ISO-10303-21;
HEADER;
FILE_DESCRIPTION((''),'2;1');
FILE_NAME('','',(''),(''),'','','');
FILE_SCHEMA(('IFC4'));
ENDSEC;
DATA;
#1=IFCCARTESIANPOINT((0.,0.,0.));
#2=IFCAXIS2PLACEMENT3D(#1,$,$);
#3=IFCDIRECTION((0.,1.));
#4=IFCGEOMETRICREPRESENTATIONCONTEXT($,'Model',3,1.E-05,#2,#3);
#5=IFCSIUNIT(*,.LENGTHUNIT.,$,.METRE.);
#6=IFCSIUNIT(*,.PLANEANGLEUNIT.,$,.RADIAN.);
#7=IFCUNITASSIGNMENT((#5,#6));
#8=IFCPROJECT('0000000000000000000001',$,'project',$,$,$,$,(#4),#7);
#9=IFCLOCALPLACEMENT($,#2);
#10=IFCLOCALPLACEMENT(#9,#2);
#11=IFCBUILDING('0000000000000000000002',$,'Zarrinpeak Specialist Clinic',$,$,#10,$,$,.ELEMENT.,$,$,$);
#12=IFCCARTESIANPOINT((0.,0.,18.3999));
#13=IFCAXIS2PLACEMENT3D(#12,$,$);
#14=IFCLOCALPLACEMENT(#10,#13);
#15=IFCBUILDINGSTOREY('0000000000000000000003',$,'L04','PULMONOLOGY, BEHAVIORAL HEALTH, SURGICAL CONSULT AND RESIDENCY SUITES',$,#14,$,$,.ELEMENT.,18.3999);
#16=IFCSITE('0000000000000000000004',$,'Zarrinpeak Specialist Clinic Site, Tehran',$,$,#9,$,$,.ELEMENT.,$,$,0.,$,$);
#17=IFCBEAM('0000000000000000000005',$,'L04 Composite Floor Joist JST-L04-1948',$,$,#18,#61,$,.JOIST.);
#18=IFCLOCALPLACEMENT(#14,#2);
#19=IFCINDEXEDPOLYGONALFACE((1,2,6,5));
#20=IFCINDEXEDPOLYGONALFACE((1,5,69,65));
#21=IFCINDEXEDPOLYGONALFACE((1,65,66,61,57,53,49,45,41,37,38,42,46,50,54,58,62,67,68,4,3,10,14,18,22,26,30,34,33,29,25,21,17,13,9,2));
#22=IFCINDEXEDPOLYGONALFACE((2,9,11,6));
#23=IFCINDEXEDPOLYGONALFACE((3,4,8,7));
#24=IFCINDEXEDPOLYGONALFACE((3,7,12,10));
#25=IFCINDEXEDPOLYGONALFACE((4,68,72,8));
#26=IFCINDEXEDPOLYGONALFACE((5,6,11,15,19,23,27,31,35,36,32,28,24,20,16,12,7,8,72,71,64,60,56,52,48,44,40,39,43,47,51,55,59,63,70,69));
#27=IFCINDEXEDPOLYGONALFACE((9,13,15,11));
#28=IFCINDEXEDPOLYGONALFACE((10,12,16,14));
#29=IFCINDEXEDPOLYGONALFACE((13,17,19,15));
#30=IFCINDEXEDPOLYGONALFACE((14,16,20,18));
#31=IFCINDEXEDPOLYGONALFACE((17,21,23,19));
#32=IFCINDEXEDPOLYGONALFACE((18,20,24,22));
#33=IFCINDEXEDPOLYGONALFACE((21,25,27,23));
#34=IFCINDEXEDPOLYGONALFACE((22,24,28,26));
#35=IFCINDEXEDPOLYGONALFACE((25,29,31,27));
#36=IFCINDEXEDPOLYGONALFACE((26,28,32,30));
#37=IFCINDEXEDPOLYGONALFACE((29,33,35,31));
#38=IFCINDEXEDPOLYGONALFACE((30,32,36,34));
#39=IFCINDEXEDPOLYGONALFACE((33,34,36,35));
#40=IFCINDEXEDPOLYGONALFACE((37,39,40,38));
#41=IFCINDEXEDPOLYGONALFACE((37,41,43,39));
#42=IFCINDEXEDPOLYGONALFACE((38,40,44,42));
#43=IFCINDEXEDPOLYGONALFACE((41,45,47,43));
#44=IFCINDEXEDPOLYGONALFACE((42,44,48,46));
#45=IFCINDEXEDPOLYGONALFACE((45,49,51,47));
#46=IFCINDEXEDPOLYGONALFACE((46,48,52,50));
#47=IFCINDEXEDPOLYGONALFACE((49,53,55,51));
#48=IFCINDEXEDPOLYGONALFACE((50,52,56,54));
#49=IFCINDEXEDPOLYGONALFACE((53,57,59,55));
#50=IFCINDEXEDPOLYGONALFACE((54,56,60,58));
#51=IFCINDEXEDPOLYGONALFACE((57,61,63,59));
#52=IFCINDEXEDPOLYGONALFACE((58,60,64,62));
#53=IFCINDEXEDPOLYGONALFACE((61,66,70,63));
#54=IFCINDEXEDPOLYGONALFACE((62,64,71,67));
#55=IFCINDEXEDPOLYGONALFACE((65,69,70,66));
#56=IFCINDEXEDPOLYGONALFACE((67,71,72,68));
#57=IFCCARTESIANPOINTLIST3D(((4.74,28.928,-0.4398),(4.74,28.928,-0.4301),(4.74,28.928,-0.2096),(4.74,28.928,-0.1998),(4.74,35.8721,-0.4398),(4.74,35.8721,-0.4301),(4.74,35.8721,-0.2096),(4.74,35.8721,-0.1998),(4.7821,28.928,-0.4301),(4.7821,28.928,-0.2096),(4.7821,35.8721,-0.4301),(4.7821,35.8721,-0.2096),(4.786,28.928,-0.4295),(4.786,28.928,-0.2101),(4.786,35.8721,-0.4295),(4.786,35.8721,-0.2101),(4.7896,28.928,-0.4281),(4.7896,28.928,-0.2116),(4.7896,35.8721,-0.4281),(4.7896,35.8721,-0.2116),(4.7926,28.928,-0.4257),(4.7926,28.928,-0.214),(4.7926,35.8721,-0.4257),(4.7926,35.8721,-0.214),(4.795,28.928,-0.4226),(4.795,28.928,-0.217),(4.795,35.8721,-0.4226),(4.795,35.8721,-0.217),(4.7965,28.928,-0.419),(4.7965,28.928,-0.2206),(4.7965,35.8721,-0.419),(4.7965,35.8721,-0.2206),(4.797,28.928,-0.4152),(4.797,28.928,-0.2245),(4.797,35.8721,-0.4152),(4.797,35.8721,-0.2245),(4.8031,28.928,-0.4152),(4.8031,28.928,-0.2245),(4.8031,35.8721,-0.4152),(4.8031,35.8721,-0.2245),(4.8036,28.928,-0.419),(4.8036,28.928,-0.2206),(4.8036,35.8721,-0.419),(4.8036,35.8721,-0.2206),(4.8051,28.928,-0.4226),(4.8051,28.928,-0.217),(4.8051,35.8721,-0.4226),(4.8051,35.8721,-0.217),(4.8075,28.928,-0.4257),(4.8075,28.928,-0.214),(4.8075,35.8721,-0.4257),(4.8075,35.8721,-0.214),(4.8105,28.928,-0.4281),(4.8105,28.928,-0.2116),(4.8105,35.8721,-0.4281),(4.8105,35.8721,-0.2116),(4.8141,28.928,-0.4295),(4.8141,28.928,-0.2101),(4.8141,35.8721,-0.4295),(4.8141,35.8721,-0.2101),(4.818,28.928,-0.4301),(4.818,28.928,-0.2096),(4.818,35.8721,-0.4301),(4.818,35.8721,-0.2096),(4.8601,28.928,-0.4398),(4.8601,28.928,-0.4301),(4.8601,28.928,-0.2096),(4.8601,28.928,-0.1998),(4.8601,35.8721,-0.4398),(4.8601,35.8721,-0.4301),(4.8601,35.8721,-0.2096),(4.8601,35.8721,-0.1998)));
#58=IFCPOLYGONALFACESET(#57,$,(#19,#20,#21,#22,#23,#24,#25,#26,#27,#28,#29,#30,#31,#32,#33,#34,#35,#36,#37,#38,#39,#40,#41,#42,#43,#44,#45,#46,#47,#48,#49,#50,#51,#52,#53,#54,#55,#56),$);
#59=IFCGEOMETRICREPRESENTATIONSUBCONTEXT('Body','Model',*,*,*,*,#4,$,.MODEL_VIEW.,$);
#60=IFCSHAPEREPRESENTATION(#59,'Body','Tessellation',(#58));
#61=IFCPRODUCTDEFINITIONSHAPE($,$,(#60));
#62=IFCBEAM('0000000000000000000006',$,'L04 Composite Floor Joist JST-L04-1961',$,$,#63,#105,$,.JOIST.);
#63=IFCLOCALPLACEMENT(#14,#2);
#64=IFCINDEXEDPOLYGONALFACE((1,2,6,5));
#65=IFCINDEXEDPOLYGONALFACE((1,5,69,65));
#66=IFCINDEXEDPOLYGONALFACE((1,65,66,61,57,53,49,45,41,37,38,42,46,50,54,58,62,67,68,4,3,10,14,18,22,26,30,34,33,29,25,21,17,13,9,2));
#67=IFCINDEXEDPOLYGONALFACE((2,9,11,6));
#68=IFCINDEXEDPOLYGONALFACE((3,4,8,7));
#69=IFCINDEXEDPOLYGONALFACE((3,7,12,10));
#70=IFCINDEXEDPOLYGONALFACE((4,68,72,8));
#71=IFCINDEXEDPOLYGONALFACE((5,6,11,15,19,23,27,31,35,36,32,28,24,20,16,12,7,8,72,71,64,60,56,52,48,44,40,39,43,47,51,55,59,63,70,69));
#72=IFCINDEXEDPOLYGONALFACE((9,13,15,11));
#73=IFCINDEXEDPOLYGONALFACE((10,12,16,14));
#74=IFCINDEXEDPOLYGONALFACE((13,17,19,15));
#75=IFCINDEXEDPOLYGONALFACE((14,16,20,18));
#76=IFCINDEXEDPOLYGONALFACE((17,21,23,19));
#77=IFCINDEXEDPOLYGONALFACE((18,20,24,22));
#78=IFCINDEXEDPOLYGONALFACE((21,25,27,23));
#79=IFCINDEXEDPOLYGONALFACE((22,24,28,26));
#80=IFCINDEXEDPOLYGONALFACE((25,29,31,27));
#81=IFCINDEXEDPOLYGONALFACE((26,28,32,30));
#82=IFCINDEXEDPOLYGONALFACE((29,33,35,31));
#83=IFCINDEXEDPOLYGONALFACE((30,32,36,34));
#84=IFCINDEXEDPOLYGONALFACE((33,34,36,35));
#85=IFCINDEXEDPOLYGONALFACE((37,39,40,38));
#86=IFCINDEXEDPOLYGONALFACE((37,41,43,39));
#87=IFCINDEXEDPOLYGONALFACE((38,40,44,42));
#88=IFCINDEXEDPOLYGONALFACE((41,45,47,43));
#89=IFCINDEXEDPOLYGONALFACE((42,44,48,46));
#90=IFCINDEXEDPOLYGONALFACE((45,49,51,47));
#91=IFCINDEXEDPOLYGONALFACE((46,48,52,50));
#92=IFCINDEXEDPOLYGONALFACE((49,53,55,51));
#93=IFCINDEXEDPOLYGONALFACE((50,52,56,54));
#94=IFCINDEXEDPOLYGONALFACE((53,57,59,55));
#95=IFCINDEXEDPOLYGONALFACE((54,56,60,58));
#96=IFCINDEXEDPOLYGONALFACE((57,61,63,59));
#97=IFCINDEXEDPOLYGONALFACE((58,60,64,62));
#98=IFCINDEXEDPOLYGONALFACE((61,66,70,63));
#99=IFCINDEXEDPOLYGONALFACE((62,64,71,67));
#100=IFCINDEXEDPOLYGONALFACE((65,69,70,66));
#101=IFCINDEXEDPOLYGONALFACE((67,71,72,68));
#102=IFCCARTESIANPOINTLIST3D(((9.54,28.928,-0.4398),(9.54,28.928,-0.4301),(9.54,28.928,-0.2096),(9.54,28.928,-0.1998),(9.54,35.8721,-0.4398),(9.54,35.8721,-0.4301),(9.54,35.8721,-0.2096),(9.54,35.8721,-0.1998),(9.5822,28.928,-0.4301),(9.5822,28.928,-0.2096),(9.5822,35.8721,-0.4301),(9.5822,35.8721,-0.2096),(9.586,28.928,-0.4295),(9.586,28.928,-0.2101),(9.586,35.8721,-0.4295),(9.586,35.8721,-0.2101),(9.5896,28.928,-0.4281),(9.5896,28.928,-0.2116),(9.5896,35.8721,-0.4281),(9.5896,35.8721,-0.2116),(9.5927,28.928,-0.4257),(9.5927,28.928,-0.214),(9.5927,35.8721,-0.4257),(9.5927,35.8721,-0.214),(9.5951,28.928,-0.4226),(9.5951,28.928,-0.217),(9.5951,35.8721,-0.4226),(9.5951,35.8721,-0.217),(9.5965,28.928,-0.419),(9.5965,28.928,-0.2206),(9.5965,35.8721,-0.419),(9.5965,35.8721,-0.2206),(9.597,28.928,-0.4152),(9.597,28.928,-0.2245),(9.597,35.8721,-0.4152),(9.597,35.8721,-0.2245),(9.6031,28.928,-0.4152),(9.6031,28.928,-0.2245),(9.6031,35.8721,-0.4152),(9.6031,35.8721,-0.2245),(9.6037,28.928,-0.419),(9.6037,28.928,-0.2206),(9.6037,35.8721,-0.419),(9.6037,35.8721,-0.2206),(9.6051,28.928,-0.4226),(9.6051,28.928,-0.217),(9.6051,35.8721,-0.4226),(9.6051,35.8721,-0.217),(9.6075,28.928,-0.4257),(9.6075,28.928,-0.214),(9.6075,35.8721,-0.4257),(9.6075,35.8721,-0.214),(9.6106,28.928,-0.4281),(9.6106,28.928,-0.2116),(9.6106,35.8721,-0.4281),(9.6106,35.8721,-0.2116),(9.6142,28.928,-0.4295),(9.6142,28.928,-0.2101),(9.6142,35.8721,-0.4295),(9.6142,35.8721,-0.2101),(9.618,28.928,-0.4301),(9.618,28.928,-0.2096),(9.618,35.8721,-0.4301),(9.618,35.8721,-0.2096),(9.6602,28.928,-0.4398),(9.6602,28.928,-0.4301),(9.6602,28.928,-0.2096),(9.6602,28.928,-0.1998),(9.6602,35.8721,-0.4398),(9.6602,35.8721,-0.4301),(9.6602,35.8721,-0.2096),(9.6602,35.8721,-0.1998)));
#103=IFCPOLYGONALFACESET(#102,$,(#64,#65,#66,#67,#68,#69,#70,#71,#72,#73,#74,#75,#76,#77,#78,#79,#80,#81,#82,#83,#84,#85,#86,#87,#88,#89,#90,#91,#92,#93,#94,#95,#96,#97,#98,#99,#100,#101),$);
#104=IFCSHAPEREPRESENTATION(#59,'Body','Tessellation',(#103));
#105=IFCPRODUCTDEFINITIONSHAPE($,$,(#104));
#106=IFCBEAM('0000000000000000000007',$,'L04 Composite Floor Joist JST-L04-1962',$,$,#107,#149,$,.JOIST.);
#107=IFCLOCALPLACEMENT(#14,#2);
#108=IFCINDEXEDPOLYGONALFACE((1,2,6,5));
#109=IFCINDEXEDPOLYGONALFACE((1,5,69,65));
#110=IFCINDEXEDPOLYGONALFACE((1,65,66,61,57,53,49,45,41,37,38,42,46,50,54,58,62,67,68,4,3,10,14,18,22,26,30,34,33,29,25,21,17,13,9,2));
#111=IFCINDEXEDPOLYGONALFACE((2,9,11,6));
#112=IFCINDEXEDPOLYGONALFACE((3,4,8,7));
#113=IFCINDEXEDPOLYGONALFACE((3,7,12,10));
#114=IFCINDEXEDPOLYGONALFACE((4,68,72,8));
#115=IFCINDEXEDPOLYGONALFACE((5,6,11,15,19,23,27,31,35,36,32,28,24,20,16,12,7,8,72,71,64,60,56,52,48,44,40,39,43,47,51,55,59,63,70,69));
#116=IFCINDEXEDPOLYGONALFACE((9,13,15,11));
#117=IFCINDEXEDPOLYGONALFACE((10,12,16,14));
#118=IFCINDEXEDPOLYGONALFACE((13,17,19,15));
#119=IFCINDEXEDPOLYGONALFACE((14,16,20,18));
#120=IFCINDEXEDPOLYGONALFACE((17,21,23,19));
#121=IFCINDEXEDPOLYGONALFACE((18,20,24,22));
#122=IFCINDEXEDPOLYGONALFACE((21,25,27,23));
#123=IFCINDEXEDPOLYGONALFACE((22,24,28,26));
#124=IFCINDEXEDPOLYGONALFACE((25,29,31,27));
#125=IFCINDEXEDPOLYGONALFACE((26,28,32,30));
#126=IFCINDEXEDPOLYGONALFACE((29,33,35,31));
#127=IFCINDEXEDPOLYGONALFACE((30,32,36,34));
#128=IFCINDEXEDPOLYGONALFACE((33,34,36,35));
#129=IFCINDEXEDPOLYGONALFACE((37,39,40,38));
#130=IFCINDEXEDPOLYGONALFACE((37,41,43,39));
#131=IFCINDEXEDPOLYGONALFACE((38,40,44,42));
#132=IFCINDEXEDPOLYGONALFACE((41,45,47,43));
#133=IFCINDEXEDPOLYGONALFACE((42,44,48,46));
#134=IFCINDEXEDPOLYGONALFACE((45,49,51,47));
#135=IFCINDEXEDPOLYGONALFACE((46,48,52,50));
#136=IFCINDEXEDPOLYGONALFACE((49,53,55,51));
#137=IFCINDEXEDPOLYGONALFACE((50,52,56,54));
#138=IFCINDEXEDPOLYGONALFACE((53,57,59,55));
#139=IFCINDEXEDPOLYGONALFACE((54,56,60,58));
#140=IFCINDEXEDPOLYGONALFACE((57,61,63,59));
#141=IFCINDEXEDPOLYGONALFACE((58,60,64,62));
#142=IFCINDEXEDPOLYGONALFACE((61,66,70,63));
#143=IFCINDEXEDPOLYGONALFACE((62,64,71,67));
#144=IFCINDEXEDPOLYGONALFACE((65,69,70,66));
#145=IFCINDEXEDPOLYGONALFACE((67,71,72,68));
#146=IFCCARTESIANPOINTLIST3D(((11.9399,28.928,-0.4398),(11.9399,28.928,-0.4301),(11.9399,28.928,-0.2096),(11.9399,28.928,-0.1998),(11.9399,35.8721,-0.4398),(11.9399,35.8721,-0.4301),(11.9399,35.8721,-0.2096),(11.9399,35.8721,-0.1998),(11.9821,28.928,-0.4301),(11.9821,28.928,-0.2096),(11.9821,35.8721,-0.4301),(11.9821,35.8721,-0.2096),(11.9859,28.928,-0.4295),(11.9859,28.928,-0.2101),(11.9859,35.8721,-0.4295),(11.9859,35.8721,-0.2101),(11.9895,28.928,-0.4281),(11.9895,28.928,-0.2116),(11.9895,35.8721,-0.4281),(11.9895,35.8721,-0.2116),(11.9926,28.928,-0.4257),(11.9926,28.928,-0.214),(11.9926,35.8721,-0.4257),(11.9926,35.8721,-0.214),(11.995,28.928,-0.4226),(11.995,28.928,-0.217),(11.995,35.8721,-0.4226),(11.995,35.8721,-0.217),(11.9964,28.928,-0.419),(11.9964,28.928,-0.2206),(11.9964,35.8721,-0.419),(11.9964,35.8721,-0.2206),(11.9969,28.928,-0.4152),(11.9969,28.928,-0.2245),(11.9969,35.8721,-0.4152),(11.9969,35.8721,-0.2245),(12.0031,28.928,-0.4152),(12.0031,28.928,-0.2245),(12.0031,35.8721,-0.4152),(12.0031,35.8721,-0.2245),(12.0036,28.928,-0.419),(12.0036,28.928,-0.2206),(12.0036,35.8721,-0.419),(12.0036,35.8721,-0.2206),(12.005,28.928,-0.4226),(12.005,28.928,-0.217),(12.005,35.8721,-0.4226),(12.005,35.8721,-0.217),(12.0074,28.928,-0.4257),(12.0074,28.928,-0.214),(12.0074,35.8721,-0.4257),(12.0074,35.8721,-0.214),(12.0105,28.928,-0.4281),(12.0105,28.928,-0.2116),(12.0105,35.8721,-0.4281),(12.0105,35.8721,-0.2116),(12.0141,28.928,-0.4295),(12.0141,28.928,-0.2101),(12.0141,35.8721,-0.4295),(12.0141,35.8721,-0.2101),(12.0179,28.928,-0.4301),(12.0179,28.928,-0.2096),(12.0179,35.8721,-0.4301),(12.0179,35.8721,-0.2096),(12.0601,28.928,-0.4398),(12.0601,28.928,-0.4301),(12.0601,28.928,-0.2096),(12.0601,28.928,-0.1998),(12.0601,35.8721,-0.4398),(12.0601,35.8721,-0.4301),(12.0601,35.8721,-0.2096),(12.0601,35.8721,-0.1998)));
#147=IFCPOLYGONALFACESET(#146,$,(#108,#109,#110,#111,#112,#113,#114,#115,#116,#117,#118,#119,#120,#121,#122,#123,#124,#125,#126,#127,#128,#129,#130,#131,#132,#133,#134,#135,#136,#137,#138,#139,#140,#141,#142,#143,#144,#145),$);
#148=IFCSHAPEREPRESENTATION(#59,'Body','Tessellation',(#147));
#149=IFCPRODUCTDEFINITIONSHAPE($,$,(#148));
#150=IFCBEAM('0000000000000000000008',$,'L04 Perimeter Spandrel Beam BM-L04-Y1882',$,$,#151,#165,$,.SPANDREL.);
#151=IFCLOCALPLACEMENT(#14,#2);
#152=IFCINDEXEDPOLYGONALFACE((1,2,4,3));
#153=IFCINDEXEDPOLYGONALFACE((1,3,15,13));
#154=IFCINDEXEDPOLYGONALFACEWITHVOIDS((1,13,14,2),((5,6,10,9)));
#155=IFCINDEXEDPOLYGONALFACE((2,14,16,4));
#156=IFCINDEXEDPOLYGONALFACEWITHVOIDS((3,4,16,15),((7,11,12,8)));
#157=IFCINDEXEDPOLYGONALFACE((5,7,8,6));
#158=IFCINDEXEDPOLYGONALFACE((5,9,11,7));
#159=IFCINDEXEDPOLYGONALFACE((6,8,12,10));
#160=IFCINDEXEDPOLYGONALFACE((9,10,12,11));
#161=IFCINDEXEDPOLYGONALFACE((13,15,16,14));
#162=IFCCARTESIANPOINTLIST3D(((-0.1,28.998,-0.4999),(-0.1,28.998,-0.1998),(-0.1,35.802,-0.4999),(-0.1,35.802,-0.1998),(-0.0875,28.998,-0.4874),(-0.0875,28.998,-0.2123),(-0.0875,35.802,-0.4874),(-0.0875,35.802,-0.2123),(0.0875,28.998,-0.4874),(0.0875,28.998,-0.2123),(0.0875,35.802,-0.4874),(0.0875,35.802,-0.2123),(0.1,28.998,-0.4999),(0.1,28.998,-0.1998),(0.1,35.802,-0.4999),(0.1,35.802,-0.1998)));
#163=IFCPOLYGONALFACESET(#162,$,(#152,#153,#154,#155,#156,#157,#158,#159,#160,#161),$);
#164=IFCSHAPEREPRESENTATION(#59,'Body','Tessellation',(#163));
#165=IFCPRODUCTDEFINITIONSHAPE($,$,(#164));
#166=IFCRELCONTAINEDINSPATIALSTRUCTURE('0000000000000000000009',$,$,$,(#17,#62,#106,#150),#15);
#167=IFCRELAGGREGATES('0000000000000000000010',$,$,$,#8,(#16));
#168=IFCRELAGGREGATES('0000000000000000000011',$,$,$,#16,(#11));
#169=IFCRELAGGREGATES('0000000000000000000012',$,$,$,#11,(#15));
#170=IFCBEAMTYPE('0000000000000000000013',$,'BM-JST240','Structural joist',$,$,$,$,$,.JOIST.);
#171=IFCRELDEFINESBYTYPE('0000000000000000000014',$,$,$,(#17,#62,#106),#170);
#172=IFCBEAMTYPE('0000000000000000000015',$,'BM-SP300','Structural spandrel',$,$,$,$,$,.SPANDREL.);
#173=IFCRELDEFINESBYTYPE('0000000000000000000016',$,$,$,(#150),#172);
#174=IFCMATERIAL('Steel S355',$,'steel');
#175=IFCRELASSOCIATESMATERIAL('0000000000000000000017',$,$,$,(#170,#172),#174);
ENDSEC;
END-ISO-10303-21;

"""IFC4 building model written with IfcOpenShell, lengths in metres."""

from ifc_helpers import new_model, si_unit, direction, frame, origin, origin_2d, place, context, subcontext, project, spatial, hollow_rectangle, i_section, extrude, material, material_profile, profile_set, type_object, element, save


model = new_model("IFC4")

# Units and contexts
model_context = context("Model", 3, precision=1e-05, world=origin(), true_north=direction((0.0, 1.0)))
body_context = subcontext(model_context, "Body", "Model", "MODEL_VIEW")
ifc_project = project(units=[si_unit("LENGTHUNIT", "METRE"), si_unit("PLANEANGLEUNIT", "RADIAN")], contexts=[model_context])

# Site, building, storey
site_placement = place(None, origin())
site = spatial("IfcSite", under=ifc_project, at=site_placement, Name="Zarrinpeak Specialist Clinic Site, Tehran", CompositionType="ELEMENT", RefElevation=0.0)
building_placement = place(site_placement, origin())
building = spatial("IfcBuilding", under=site, at=building_placement, Name="Zarrinpeak Specialist Clinic", CompositionType="ELEMENT")
storey_placement = place(building_placement, frame((0.0, 0.0, 18.3999)))
storey = spatial("IfcBuildingStorey", under=building, at=storey_placement, Name="L04", Description="PULMONOLOGY, BEHAVIORAL HEALTH, SURGICAL CONSULT AND RESIDENCY SUITES", CompositionType="ELEMENT", Elevation=18.3999)

# Shared definitions
ifc_material_1 = material(Name="Steel S355", Category="steel")

# Beams
ifc_material_profile_1 = material_profile(ifc_material_1, i_section(OverallWidth=0.1201, OverallDepth=0.24, WebThickness=0.0061, FlangeThickness=0.0098, FilletRadius=0.0149, at=origin_2d()), Name="IPE 240")
ifc_profile_set_1 = profile_set([ifc_material_profile_1], Name="Steel S355")
beam_type_1 = type_object("IfcBeamType", Name="BM-JST240", Description="Structural joist", PredefinedType="JOIST", material=ifc_profile_set_1)
for number, where, z_axis, x_axis, name in (
    (1, (4.8, 28.928, -0.3198), (0.0, 1.0, 0.0), (-1.0, 0.0, 0.0), "L04 Composite Floor Joist JST-L04-1948"),
    (2, (9.6001, 28.928, -0.3198), (0.0, 1.0, 0.0), (-1.0, 0.0, 0.0), "L04 Composite Floor Joist JST-L04-1961"),
    (3, (12.0, 28.928, -0.3198), (0.0, 1.0, 0.0), (-1.0, 0.0, 0.0), "L04 Composite Floor Joist JST-L04-1962"),
):
    element("IfcBeam", number, at=place(storey_placement, frame(where, z_axis=z_axis, x_axis=x_axis)), inside=storey, type_object=beam_type_1, Name=name, PredefinedType="JOIST", context=body_context, shape_type="SweptSolid", body=[
        extrude(i_section(OverallWidth=0.1201, OverallDepth=0.24, WebThickness=0.0061, FlangeThickness=0.0098, FilletRadius=0.0149, at=origin_2d()), origin(), (0.0, 0.0, 1.0), 6.9441),
    ])
ifc_material_profile_2 = material_profile(ifc_material_1, hollow_rectangle(XDim=0.2, YDim=0.3, WallThickness=0.0125, at=origin_2d()), Name="RHS 300x200x12.5")
ifc_profile_set_2 = profile_set([ifc_material_profile_2], Name="Steel S355")
beam_type_2 = type_object("IfcBeamType", Name="BM-SP300", Description="Structural spandrel", PredefinedType="SPANDREL", material=ifc_profile_set_2)
beam_1_placement = place(storey_placement, frame((0.0, 28.998, -0.3499), z_axis=(0.0, 1.0, 0.0), x_axis=(-1.0, 0.0, 0.0)))
element("IfcBeam", 4, at=beam_1_placement, inside=storey, type_object=beam_type_2, Name="L04 Perimeter Spandrel Beam BM-L04-Y1882", PredefinedType="SPANDREL", context=body_context, shape_type="SweptSolid", body=[
    extrude(hollow_rectangle(XDim=0.2, YDim=0.3, WallThickness=0.0125, at=origin_2d()), origin(), (0.0, 0.0, 1.0), 6.804),
])

save(model, "model.ifc")
